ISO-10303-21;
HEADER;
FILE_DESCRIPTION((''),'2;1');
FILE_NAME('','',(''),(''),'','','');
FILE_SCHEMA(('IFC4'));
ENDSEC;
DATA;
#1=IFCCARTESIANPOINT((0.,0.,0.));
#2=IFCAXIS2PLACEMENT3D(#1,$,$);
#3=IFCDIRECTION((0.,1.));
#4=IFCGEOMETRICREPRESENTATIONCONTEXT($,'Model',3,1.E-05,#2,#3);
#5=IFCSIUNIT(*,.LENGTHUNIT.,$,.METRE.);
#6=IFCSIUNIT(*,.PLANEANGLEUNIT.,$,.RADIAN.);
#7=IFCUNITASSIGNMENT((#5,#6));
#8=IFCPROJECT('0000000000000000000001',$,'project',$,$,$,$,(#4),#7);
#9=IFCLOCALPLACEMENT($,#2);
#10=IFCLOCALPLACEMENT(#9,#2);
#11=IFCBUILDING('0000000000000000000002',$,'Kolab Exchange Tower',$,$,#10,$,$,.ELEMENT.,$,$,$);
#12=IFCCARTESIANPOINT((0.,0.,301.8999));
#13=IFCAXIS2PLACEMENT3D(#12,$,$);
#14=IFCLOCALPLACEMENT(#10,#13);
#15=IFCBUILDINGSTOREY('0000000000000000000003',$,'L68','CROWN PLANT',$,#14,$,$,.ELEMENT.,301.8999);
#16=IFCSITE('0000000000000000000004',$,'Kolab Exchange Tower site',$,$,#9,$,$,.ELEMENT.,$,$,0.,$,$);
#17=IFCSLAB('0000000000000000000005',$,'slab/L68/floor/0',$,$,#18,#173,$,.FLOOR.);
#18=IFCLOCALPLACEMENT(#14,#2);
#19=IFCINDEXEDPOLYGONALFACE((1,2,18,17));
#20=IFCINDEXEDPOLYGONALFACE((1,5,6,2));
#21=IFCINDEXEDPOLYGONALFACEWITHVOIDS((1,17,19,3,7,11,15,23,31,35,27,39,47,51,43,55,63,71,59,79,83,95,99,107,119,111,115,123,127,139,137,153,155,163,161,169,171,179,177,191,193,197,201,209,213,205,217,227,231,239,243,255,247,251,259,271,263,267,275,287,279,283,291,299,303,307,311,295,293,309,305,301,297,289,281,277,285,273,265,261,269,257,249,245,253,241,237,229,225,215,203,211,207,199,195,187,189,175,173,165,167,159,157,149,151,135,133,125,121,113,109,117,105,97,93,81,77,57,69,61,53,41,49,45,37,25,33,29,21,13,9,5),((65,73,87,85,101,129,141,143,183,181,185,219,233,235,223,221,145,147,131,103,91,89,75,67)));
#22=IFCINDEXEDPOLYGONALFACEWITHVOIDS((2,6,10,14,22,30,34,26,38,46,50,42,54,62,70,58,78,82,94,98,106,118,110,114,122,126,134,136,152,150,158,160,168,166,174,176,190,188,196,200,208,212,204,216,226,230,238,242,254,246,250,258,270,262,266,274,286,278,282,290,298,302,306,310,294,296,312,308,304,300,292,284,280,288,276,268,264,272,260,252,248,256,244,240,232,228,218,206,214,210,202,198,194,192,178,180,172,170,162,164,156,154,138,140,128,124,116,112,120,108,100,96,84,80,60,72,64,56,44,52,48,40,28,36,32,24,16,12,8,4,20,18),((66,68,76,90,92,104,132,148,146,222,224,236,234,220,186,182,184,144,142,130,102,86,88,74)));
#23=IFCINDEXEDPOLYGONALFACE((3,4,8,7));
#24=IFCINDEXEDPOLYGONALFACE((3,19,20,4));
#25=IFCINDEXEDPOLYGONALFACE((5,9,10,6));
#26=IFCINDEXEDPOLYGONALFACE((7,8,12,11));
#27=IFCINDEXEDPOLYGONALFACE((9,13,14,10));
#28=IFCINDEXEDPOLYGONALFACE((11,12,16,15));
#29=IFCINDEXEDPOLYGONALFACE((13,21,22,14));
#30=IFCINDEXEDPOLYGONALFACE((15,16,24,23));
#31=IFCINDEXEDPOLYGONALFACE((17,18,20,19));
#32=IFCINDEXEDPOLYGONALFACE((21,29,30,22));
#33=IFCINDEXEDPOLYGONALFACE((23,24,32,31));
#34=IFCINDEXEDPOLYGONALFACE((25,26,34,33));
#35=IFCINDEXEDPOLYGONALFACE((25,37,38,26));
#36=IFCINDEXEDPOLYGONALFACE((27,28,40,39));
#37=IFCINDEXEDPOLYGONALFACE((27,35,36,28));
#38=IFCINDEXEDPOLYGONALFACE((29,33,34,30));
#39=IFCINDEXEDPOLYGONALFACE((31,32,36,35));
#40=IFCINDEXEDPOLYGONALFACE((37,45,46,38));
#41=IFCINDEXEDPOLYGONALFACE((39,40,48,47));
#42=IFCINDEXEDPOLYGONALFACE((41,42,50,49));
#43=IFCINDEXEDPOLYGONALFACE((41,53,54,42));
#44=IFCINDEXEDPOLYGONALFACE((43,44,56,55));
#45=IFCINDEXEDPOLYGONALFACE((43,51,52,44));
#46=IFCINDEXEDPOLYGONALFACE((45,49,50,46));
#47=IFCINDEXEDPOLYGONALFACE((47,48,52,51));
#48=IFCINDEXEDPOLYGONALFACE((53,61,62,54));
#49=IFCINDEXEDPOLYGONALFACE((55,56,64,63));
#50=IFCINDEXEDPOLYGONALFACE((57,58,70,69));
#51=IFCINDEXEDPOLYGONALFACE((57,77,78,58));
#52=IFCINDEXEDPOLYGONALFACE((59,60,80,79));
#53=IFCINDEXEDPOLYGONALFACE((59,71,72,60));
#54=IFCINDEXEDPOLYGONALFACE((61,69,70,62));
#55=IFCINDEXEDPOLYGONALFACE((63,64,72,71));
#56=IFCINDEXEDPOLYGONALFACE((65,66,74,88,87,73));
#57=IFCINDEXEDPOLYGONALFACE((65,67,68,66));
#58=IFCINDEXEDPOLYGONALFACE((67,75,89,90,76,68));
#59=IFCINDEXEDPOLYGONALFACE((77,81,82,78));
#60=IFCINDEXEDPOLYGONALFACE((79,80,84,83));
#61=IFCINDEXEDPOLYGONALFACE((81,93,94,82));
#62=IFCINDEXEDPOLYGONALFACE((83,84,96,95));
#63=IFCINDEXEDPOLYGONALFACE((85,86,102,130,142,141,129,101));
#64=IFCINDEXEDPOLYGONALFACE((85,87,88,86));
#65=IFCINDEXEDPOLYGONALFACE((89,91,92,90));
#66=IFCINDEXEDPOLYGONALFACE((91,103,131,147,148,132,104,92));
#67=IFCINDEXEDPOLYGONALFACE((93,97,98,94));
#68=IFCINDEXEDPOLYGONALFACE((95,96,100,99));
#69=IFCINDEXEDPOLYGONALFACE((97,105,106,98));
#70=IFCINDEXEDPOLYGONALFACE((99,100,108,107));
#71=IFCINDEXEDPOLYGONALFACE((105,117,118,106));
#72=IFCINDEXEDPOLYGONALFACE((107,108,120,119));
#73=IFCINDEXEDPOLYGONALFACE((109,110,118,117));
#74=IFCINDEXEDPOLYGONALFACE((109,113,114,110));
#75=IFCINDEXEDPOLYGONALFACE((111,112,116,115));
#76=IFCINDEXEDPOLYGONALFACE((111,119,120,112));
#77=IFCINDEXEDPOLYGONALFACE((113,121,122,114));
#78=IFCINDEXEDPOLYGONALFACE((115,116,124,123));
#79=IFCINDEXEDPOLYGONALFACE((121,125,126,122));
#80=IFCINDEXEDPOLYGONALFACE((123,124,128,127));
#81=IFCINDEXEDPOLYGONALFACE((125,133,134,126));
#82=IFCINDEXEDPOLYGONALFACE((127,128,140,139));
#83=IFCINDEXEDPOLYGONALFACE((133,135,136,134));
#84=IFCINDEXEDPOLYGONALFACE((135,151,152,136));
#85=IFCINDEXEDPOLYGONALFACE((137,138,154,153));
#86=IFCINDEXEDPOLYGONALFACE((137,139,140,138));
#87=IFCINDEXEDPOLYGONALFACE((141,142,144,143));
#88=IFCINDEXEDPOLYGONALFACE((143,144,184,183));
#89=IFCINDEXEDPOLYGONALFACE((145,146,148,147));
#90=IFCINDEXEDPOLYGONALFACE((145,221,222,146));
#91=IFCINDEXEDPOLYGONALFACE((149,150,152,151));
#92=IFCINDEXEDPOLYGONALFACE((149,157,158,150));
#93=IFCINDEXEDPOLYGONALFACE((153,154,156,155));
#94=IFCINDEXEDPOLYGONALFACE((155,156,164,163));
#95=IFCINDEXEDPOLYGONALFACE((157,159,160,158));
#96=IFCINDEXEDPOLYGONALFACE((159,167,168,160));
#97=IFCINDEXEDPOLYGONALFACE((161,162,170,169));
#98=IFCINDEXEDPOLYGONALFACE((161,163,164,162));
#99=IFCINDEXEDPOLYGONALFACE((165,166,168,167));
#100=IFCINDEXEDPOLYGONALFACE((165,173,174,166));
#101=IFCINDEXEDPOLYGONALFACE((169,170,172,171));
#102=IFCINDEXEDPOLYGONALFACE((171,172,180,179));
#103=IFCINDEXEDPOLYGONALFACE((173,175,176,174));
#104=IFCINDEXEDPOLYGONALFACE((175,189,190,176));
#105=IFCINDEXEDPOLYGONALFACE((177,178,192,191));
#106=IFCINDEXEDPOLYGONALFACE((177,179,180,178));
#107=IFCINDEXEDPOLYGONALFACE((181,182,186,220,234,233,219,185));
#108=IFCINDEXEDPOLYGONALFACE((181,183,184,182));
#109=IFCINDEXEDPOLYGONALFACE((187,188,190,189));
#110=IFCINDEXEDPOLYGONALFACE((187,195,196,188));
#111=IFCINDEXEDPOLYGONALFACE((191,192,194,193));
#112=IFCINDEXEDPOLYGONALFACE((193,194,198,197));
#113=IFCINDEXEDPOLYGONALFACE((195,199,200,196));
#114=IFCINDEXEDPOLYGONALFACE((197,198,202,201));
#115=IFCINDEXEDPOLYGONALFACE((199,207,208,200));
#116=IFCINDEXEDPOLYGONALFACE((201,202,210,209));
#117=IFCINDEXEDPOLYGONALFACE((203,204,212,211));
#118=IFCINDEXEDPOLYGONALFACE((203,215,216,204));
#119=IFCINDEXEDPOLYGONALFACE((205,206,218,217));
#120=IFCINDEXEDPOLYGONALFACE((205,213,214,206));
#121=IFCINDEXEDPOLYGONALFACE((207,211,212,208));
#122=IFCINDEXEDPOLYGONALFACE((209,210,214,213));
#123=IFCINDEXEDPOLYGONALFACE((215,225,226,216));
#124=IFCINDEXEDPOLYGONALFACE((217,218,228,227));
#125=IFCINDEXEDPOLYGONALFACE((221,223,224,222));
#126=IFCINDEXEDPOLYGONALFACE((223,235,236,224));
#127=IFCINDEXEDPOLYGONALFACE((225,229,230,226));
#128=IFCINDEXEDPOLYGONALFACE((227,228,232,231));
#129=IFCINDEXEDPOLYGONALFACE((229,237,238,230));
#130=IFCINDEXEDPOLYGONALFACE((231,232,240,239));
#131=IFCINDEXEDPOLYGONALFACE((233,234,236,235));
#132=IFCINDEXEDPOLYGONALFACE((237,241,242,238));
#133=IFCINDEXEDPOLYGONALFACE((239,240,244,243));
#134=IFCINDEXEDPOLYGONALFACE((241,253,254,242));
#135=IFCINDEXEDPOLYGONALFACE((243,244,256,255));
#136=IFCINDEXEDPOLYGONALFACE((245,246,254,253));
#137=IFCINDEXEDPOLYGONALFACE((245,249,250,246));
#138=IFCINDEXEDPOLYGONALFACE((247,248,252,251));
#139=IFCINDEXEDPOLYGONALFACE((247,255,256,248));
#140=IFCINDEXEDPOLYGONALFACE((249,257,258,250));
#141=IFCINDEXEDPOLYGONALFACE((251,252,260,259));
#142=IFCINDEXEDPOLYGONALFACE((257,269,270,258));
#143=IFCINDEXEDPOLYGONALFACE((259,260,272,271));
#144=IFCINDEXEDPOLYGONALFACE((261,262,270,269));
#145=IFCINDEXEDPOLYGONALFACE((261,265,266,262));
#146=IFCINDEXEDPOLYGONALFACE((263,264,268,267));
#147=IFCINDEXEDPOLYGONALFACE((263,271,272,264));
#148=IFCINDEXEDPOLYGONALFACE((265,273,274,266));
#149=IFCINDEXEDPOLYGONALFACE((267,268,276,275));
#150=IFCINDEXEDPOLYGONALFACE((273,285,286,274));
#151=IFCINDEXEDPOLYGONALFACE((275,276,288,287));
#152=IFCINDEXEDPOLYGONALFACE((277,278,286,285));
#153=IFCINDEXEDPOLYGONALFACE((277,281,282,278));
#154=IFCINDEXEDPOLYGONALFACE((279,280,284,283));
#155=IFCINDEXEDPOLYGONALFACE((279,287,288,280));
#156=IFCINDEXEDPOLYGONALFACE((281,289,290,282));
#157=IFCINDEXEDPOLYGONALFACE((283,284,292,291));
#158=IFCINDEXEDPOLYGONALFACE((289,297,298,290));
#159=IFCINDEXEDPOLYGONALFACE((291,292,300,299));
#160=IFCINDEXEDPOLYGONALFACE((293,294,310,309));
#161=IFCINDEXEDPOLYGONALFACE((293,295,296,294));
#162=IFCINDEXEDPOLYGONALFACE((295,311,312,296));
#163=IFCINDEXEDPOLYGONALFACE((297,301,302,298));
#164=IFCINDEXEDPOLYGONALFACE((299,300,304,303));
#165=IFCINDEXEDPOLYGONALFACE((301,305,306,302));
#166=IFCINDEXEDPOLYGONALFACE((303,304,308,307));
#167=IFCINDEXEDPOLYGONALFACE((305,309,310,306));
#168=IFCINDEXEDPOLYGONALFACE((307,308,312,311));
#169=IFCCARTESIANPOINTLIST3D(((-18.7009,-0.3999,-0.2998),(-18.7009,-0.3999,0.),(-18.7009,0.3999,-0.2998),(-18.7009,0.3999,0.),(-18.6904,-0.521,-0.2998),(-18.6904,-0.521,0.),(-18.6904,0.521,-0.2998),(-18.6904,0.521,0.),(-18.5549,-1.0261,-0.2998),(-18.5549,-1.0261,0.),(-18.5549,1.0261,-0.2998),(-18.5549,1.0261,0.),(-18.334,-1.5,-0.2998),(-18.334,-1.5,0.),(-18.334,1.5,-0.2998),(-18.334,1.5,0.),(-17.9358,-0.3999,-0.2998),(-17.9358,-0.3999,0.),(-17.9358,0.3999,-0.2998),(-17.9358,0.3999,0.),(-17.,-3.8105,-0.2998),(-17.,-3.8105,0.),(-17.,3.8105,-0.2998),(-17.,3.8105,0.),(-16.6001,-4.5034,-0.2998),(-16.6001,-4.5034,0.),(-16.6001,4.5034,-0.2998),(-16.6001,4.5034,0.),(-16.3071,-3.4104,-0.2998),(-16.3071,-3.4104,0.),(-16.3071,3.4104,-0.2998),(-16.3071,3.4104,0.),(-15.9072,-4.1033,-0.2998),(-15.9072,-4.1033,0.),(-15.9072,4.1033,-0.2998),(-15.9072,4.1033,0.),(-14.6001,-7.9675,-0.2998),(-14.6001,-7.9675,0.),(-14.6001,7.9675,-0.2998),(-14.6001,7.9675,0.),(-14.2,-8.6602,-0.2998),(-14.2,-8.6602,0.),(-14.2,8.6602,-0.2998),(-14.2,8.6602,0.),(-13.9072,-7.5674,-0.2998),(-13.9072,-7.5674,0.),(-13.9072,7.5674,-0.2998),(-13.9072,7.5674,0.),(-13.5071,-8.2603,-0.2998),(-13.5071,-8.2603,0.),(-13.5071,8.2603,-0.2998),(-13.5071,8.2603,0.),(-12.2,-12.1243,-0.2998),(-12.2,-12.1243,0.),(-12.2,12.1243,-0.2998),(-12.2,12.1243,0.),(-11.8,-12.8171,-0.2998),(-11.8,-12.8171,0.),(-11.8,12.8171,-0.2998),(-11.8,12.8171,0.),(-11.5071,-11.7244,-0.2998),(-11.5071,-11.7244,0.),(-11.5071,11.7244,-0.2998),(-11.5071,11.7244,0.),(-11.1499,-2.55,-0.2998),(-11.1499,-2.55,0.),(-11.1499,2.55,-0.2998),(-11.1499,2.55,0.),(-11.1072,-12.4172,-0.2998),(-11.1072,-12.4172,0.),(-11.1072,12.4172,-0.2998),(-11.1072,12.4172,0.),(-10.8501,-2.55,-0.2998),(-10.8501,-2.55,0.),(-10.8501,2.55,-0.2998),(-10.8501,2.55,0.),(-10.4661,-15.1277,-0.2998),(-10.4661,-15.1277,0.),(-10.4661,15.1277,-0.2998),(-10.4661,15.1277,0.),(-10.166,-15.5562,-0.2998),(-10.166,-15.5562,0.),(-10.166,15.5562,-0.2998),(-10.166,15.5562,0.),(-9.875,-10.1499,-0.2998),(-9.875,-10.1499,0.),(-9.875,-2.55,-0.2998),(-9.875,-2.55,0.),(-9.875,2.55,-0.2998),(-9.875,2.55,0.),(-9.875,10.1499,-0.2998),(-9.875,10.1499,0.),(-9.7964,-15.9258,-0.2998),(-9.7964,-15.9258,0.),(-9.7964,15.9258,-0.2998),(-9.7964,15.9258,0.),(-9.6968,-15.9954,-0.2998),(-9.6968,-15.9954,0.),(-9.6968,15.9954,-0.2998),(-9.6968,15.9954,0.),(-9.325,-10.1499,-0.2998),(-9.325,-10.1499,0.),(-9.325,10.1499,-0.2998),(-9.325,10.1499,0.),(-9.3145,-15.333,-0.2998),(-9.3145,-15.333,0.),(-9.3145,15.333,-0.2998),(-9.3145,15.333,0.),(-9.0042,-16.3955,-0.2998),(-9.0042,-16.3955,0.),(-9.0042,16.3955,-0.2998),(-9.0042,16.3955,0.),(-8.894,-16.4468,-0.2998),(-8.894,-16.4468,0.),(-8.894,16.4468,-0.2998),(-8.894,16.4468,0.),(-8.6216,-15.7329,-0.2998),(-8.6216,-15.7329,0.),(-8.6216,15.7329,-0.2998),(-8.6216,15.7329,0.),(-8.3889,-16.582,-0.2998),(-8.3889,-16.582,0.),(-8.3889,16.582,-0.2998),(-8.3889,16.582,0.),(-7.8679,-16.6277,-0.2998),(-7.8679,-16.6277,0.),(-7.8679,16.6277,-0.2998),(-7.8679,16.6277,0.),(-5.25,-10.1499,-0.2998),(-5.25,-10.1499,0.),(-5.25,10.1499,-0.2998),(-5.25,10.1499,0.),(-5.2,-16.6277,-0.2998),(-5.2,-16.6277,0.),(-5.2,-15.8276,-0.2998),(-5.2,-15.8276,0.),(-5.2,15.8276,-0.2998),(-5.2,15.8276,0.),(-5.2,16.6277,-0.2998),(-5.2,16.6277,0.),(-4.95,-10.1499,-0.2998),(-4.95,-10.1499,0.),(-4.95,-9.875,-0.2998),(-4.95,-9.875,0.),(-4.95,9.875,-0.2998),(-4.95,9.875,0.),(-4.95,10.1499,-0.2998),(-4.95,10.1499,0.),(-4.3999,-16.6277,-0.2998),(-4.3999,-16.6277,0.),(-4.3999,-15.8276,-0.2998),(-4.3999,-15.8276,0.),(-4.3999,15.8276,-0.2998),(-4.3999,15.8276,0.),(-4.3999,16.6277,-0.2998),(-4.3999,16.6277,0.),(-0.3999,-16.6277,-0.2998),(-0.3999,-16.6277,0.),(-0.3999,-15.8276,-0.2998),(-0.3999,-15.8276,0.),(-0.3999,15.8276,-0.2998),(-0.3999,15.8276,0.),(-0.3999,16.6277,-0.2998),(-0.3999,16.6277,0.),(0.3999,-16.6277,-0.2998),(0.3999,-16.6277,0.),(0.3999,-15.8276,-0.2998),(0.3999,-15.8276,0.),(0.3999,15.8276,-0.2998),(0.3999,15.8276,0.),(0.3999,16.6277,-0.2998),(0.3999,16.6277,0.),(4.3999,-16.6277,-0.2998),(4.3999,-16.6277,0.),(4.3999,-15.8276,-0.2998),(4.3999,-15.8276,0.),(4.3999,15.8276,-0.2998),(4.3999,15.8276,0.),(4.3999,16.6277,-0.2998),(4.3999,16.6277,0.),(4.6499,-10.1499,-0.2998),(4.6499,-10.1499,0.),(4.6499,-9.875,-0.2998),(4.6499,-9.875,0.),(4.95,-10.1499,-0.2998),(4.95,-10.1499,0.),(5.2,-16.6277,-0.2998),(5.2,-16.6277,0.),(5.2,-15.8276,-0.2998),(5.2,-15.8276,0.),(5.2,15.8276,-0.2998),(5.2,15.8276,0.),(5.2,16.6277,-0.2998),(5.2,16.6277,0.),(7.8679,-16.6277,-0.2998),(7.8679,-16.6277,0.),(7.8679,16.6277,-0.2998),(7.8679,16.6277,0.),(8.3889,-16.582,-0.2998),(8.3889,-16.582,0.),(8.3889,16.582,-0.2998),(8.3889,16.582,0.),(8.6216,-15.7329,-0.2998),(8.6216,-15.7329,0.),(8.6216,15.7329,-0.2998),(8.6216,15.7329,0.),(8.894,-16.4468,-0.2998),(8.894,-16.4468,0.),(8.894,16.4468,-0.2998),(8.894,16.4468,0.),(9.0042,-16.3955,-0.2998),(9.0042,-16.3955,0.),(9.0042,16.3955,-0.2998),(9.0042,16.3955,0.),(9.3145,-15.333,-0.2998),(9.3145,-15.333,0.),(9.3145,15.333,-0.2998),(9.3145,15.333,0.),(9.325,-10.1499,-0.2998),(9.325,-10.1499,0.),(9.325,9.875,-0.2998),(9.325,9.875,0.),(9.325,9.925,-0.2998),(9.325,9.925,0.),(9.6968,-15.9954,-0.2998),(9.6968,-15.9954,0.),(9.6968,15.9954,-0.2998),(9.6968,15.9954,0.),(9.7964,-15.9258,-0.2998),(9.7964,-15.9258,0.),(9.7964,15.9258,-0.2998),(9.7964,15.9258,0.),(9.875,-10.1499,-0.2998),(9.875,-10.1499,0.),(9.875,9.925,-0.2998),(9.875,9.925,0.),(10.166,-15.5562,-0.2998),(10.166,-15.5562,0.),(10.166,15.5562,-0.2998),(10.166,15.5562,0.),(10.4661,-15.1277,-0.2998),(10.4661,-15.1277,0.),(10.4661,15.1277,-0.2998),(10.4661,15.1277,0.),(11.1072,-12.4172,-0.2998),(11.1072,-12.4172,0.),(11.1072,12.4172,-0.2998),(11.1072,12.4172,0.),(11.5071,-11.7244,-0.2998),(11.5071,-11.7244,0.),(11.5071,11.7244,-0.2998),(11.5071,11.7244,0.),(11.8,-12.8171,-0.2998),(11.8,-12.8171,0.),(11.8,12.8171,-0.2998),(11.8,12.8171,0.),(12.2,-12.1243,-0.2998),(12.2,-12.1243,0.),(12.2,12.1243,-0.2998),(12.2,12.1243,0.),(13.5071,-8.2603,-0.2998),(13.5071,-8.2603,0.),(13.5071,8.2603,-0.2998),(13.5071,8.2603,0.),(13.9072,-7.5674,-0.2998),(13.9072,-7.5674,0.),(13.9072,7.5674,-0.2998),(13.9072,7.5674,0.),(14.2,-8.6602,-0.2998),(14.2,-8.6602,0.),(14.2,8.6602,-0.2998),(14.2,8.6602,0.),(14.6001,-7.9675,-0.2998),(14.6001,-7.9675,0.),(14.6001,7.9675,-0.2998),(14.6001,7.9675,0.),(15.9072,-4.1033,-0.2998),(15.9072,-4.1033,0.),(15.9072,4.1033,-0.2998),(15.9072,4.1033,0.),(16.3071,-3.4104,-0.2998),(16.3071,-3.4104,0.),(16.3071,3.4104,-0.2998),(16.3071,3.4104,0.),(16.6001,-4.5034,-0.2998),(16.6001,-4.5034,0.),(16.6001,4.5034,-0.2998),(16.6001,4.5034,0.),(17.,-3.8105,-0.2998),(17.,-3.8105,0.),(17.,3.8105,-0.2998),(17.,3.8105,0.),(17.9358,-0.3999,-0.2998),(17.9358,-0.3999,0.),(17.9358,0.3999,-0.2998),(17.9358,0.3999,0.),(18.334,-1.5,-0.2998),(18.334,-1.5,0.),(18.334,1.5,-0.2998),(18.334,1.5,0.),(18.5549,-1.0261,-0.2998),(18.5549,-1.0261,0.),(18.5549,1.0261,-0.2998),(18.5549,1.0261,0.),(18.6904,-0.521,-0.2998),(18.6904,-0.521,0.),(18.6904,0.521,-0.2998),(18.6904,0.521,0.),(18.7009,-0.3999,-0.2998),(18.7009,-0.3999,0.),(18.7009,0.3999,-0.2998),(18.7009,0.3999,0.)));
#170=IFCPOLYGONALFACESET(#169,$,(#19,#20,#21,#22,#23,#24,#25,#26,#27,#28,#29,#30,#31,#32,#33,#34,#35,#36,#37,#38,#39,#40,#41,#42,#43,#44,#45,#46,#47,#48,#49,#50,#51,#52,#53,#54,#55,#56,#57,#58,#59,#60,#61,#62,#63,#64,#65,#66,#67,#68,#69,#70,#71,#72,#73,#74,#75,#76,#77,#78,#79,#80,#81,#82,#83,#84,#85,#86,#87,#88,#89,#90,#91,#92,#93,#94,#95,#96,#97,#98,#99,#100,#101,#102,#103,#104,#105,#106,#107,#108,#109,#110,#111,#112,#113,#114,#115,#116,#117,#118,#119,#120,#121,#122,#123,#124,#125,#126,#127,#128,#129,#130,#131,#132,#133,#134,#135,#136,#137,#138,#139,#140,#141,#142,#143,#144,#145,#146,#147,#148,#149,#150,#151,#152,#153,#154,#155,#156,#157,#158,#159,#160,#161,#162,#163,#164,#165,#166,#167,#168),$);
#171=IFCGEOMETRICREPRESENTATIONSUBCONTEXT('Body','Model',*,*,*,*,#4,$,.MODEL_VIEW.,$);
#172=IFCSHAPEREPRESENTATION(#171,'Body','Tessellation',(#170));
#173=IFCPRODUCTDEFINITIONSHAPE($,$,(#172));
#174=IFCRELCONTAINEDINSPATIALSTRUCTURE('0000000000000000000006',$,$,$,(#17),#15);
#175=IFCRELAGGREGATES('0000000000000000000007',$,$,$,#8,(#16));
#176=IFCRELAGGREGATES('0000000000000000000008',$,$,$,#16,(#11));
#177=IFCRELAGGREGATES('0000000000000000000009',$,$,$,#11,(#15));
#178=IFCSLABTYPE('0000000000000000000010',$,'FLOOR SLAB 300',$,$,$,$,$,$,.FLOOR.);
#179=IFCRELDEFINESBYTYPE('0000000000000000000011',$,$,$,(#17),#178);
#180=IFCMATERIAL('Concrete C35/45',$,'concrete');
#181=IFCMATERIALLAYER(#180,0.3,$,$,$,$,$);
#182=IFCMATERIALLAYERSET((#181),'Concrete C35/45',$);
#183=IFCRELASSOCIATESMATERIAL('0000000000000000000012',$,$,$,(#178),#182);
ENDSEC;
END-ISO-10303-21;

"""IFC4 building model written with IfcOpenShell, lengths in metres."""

from ifc_helpers import new_model, si_unit, direction, frame, origin, place, context, subcontext, project, spatial, polyline, outline, extrude, material, layer, layer_set, type_object, element, save


model = new_model("IFC4")

# Units and contexts
model_context = context("Model", 3, precision=1e-05, world=origin(), true_north=direction((0.0, 1.0)))
body_context = subcontext(model_context, "Body", "Model", "MODEL_VIEW")
ifc_project = project(units=[si_unit("LENGTHUNIT", "METRE"), si_unit("PLANEANGLEUNIT", "RADIAN")], contexts=[model_context])

# Site, building, storey
site_placement = place(None, origin())
site = spatial("IfcSite", under=ifc_project, at=site_placement, Name="Kolab Exchange Tower site", CompositionType="ELEMENT", RefElevation=0.0)
building_placement = place(site_placement, origin())
building = spatial("IfcBuilding", under=site, at=building_placement, Name="Kolab Exchange Tower", CompositionType="ELEMENT")
storey_placement = place(building_placement, frame((0.0, 0.0, 301.8999)))
storey = spatial("IfcBuildingStorey", under=building, at=storey_placement, Name="L68", Description="CROWN PLANT", CompositionType="ELEMENT", Elevation=301.8999)

# Slab
ifc_material_1 = material(Name="Concrete C35/45", Category="concrete")
ifc_layer_1 = layer(ifc_material_1, 0.3)
ifc_layer_set_1 = layer_set([ifc_layer_1], Name="Concrete C35/45")
slab_type = type_object("IfcSlabType", Name="FLOOR SLAB 300", PredefinedType="FLOOR", material=ifc_layer_set_1)
slab_1_placement = place(storey_placement, frame((0.0, 0.0, -0.2998)))
element("IfcSlab", 1, at=slab_1_placement, inside=storey, type_object=slab_type, Name="slab/L68/floor/0", PredefinedType="FLOOR", context=body_context, shape_type="SweptSolid", body=[
    extrude(outline(polyline([(18.6904, -0.521), (18.7009, -0.3999), (17.9358, -0.3999), (17.9358, 0.3999), (18.7009, 0.3999), (18.6904, 0.521), (18.5549, 1.0261), (18.334, 1.5), (17.0, 3.8105), (16.3071, 3.4104), (15.9072, 4.1033), (16.6001, 4.5034), (14.6001, 7.9675), (13.9072, 7.5674), (13.5071, 8.2603), (14.2, 8.6602), (12.2, 12.1243), (11.5071, 11.7244), (11.1072, 12.4172), (11.8, 12.8171), (10.4661, 15.1277), (10.166, 15.5562), (9.7964, 15.9258), (9.6968, 15.9954), (9.3145, 15.333), (8.6216, 15.7329), (9.0042, 16.3955), (8.894, 16.4468), (8.3889, 16.582), (7.8679, 16.6277), (5.2, 16.6277), (5.2, 15.8276), (4.3999, 15.8276), (4.3999, 16.6277), (0.3999, 16.6277), (0.3999, 15.8276), (-0.3999, 15.8276), (-0.3999, 16.6277), (-4.3999, 16.6277), (-4.3999, 15.8276), (-5.2, 15.8276), (-5.2, 16.6277), (-7.8679, 16.6277), (-8.3889, 16.582), (-8.894, 16.4468), (-9.0042, 16.3955), (-8.6216, 15.7329), (-9.3145, 15.333), (-9.6968, 15.9954), (-9.7964, 15.9258), (-10.166, 15.5562), (-10.4661, 15.1277), (-11.8, 12.8171), (-11.1072, 12.4172), (-11.5071, 11.7244), (-12.2, 12.1243), (-14.2, 8.6602), (-13.5071, 8.2603), (-13.9072, 7.5674), (-14.6001, 7.9675), (-16.6001, 4.5034), (-15.9072, 4.1033), (-16.3071, 3.4104), (-17.0, 3.8105), (-18.334, 1.5), (-18.5549, 1.0261), (-18.6904, 0.521), (-18.7009, 0.3999), (-17.9358, 0.3999), (-17.9358, -0.3999), (-18.7009, -0.3999), (-18.6904, -0.521), (-18.5549, -1.0261), (-18.334, -1.5), (-17.0, -3.8105), (-16.3071, -3.4104), (-15.9072, -4.1033), (-16.6001, -4.5034), (-14.6001, -7.9675), (-13.9072, -7.5674), (-13.5071, -8.2603), (-14.2, -8.6602), (-12.2, -12.1243), (-11.5071, -11.7244), (-11.1072, -12.4172), (-11.8, -12.8171), (-10.4661, -15.1277), (-10.166, -15.5562), (-9.7964, -15.9258), (-9.6968, -15.9954), (-9.3145, -15.333), (-8.6216, -15.7329), (-9.0042, -16.3955), (-8.894, -16.4468), (-8.3889, -16.582), (-7.8679, -16.6277), (-5.2, -16.6277), (-5.2, -15.8276), (-4.3999, -15.8276), (-4.3999, -16.6277), (-0.3999, -16.6277), (-0.3999, -15.8276), (0.3999, -15.8276), (0.3999, -16.6277), (4.3999, -16.6277), (4.3999, -15.8276), (5.2, -15.8276), (5.2, -16.6277), (7.8679, -16.6277), (8.3889, -16.582), (8.894, -16.4468), (9.0042, -16.3955), (8.6216, -15.7329), (9.3145, -15.333), (9.6968, -15.9954), (9.7964, -15.9258), (10.166, -15.5562), (10.4661, -15.1277), (11.8, -12.8171), (11.1072, -12.4172), (11.5071, -11.7244), (12.2, -12.1243), (14.2, -8.6602), (13.5071, -8.2603), (13.9072, -7.5674), (14.6001, -7.9675), (16.6001, -4.5034), (15.9072, -4.1033), (16.3071, -3.4104), (17.0, -3.8105), (18.334, -1.5), (18.5549, -1.0261), (18.6904, -0.521)]), holes=[polyline([(-10.8501, -2.55), (-11.1499, -2.55), (-11.1499, 2.55), (-10.8501, 2.55), (-9.875, 2.55), (-9.875, 10.1499), (-9.325, 10.1499), (-5.25, 10.1499), (-4.95, 10.1499), (-4.95, 9.875), (9.325, 9.875), (9.325, 9.925), (9.875, 9.925), (9.875, -10.1499), (9.325, -10.1499), (4.95, -10.1499), (4.6499, -10.1499), (4.6499, -9.875), (-4.95, -9.875), (-4.95, -10.1499), (-5.25, -10.1499), (-9.325, -10.1499), (-9.875, -10.1499), (-9.875, -2.55), (-10.8501, -2.55)])]), origin(), (0.0, 0.0, 1.0), 0.2998),
])

save(model, "model.ifc")
